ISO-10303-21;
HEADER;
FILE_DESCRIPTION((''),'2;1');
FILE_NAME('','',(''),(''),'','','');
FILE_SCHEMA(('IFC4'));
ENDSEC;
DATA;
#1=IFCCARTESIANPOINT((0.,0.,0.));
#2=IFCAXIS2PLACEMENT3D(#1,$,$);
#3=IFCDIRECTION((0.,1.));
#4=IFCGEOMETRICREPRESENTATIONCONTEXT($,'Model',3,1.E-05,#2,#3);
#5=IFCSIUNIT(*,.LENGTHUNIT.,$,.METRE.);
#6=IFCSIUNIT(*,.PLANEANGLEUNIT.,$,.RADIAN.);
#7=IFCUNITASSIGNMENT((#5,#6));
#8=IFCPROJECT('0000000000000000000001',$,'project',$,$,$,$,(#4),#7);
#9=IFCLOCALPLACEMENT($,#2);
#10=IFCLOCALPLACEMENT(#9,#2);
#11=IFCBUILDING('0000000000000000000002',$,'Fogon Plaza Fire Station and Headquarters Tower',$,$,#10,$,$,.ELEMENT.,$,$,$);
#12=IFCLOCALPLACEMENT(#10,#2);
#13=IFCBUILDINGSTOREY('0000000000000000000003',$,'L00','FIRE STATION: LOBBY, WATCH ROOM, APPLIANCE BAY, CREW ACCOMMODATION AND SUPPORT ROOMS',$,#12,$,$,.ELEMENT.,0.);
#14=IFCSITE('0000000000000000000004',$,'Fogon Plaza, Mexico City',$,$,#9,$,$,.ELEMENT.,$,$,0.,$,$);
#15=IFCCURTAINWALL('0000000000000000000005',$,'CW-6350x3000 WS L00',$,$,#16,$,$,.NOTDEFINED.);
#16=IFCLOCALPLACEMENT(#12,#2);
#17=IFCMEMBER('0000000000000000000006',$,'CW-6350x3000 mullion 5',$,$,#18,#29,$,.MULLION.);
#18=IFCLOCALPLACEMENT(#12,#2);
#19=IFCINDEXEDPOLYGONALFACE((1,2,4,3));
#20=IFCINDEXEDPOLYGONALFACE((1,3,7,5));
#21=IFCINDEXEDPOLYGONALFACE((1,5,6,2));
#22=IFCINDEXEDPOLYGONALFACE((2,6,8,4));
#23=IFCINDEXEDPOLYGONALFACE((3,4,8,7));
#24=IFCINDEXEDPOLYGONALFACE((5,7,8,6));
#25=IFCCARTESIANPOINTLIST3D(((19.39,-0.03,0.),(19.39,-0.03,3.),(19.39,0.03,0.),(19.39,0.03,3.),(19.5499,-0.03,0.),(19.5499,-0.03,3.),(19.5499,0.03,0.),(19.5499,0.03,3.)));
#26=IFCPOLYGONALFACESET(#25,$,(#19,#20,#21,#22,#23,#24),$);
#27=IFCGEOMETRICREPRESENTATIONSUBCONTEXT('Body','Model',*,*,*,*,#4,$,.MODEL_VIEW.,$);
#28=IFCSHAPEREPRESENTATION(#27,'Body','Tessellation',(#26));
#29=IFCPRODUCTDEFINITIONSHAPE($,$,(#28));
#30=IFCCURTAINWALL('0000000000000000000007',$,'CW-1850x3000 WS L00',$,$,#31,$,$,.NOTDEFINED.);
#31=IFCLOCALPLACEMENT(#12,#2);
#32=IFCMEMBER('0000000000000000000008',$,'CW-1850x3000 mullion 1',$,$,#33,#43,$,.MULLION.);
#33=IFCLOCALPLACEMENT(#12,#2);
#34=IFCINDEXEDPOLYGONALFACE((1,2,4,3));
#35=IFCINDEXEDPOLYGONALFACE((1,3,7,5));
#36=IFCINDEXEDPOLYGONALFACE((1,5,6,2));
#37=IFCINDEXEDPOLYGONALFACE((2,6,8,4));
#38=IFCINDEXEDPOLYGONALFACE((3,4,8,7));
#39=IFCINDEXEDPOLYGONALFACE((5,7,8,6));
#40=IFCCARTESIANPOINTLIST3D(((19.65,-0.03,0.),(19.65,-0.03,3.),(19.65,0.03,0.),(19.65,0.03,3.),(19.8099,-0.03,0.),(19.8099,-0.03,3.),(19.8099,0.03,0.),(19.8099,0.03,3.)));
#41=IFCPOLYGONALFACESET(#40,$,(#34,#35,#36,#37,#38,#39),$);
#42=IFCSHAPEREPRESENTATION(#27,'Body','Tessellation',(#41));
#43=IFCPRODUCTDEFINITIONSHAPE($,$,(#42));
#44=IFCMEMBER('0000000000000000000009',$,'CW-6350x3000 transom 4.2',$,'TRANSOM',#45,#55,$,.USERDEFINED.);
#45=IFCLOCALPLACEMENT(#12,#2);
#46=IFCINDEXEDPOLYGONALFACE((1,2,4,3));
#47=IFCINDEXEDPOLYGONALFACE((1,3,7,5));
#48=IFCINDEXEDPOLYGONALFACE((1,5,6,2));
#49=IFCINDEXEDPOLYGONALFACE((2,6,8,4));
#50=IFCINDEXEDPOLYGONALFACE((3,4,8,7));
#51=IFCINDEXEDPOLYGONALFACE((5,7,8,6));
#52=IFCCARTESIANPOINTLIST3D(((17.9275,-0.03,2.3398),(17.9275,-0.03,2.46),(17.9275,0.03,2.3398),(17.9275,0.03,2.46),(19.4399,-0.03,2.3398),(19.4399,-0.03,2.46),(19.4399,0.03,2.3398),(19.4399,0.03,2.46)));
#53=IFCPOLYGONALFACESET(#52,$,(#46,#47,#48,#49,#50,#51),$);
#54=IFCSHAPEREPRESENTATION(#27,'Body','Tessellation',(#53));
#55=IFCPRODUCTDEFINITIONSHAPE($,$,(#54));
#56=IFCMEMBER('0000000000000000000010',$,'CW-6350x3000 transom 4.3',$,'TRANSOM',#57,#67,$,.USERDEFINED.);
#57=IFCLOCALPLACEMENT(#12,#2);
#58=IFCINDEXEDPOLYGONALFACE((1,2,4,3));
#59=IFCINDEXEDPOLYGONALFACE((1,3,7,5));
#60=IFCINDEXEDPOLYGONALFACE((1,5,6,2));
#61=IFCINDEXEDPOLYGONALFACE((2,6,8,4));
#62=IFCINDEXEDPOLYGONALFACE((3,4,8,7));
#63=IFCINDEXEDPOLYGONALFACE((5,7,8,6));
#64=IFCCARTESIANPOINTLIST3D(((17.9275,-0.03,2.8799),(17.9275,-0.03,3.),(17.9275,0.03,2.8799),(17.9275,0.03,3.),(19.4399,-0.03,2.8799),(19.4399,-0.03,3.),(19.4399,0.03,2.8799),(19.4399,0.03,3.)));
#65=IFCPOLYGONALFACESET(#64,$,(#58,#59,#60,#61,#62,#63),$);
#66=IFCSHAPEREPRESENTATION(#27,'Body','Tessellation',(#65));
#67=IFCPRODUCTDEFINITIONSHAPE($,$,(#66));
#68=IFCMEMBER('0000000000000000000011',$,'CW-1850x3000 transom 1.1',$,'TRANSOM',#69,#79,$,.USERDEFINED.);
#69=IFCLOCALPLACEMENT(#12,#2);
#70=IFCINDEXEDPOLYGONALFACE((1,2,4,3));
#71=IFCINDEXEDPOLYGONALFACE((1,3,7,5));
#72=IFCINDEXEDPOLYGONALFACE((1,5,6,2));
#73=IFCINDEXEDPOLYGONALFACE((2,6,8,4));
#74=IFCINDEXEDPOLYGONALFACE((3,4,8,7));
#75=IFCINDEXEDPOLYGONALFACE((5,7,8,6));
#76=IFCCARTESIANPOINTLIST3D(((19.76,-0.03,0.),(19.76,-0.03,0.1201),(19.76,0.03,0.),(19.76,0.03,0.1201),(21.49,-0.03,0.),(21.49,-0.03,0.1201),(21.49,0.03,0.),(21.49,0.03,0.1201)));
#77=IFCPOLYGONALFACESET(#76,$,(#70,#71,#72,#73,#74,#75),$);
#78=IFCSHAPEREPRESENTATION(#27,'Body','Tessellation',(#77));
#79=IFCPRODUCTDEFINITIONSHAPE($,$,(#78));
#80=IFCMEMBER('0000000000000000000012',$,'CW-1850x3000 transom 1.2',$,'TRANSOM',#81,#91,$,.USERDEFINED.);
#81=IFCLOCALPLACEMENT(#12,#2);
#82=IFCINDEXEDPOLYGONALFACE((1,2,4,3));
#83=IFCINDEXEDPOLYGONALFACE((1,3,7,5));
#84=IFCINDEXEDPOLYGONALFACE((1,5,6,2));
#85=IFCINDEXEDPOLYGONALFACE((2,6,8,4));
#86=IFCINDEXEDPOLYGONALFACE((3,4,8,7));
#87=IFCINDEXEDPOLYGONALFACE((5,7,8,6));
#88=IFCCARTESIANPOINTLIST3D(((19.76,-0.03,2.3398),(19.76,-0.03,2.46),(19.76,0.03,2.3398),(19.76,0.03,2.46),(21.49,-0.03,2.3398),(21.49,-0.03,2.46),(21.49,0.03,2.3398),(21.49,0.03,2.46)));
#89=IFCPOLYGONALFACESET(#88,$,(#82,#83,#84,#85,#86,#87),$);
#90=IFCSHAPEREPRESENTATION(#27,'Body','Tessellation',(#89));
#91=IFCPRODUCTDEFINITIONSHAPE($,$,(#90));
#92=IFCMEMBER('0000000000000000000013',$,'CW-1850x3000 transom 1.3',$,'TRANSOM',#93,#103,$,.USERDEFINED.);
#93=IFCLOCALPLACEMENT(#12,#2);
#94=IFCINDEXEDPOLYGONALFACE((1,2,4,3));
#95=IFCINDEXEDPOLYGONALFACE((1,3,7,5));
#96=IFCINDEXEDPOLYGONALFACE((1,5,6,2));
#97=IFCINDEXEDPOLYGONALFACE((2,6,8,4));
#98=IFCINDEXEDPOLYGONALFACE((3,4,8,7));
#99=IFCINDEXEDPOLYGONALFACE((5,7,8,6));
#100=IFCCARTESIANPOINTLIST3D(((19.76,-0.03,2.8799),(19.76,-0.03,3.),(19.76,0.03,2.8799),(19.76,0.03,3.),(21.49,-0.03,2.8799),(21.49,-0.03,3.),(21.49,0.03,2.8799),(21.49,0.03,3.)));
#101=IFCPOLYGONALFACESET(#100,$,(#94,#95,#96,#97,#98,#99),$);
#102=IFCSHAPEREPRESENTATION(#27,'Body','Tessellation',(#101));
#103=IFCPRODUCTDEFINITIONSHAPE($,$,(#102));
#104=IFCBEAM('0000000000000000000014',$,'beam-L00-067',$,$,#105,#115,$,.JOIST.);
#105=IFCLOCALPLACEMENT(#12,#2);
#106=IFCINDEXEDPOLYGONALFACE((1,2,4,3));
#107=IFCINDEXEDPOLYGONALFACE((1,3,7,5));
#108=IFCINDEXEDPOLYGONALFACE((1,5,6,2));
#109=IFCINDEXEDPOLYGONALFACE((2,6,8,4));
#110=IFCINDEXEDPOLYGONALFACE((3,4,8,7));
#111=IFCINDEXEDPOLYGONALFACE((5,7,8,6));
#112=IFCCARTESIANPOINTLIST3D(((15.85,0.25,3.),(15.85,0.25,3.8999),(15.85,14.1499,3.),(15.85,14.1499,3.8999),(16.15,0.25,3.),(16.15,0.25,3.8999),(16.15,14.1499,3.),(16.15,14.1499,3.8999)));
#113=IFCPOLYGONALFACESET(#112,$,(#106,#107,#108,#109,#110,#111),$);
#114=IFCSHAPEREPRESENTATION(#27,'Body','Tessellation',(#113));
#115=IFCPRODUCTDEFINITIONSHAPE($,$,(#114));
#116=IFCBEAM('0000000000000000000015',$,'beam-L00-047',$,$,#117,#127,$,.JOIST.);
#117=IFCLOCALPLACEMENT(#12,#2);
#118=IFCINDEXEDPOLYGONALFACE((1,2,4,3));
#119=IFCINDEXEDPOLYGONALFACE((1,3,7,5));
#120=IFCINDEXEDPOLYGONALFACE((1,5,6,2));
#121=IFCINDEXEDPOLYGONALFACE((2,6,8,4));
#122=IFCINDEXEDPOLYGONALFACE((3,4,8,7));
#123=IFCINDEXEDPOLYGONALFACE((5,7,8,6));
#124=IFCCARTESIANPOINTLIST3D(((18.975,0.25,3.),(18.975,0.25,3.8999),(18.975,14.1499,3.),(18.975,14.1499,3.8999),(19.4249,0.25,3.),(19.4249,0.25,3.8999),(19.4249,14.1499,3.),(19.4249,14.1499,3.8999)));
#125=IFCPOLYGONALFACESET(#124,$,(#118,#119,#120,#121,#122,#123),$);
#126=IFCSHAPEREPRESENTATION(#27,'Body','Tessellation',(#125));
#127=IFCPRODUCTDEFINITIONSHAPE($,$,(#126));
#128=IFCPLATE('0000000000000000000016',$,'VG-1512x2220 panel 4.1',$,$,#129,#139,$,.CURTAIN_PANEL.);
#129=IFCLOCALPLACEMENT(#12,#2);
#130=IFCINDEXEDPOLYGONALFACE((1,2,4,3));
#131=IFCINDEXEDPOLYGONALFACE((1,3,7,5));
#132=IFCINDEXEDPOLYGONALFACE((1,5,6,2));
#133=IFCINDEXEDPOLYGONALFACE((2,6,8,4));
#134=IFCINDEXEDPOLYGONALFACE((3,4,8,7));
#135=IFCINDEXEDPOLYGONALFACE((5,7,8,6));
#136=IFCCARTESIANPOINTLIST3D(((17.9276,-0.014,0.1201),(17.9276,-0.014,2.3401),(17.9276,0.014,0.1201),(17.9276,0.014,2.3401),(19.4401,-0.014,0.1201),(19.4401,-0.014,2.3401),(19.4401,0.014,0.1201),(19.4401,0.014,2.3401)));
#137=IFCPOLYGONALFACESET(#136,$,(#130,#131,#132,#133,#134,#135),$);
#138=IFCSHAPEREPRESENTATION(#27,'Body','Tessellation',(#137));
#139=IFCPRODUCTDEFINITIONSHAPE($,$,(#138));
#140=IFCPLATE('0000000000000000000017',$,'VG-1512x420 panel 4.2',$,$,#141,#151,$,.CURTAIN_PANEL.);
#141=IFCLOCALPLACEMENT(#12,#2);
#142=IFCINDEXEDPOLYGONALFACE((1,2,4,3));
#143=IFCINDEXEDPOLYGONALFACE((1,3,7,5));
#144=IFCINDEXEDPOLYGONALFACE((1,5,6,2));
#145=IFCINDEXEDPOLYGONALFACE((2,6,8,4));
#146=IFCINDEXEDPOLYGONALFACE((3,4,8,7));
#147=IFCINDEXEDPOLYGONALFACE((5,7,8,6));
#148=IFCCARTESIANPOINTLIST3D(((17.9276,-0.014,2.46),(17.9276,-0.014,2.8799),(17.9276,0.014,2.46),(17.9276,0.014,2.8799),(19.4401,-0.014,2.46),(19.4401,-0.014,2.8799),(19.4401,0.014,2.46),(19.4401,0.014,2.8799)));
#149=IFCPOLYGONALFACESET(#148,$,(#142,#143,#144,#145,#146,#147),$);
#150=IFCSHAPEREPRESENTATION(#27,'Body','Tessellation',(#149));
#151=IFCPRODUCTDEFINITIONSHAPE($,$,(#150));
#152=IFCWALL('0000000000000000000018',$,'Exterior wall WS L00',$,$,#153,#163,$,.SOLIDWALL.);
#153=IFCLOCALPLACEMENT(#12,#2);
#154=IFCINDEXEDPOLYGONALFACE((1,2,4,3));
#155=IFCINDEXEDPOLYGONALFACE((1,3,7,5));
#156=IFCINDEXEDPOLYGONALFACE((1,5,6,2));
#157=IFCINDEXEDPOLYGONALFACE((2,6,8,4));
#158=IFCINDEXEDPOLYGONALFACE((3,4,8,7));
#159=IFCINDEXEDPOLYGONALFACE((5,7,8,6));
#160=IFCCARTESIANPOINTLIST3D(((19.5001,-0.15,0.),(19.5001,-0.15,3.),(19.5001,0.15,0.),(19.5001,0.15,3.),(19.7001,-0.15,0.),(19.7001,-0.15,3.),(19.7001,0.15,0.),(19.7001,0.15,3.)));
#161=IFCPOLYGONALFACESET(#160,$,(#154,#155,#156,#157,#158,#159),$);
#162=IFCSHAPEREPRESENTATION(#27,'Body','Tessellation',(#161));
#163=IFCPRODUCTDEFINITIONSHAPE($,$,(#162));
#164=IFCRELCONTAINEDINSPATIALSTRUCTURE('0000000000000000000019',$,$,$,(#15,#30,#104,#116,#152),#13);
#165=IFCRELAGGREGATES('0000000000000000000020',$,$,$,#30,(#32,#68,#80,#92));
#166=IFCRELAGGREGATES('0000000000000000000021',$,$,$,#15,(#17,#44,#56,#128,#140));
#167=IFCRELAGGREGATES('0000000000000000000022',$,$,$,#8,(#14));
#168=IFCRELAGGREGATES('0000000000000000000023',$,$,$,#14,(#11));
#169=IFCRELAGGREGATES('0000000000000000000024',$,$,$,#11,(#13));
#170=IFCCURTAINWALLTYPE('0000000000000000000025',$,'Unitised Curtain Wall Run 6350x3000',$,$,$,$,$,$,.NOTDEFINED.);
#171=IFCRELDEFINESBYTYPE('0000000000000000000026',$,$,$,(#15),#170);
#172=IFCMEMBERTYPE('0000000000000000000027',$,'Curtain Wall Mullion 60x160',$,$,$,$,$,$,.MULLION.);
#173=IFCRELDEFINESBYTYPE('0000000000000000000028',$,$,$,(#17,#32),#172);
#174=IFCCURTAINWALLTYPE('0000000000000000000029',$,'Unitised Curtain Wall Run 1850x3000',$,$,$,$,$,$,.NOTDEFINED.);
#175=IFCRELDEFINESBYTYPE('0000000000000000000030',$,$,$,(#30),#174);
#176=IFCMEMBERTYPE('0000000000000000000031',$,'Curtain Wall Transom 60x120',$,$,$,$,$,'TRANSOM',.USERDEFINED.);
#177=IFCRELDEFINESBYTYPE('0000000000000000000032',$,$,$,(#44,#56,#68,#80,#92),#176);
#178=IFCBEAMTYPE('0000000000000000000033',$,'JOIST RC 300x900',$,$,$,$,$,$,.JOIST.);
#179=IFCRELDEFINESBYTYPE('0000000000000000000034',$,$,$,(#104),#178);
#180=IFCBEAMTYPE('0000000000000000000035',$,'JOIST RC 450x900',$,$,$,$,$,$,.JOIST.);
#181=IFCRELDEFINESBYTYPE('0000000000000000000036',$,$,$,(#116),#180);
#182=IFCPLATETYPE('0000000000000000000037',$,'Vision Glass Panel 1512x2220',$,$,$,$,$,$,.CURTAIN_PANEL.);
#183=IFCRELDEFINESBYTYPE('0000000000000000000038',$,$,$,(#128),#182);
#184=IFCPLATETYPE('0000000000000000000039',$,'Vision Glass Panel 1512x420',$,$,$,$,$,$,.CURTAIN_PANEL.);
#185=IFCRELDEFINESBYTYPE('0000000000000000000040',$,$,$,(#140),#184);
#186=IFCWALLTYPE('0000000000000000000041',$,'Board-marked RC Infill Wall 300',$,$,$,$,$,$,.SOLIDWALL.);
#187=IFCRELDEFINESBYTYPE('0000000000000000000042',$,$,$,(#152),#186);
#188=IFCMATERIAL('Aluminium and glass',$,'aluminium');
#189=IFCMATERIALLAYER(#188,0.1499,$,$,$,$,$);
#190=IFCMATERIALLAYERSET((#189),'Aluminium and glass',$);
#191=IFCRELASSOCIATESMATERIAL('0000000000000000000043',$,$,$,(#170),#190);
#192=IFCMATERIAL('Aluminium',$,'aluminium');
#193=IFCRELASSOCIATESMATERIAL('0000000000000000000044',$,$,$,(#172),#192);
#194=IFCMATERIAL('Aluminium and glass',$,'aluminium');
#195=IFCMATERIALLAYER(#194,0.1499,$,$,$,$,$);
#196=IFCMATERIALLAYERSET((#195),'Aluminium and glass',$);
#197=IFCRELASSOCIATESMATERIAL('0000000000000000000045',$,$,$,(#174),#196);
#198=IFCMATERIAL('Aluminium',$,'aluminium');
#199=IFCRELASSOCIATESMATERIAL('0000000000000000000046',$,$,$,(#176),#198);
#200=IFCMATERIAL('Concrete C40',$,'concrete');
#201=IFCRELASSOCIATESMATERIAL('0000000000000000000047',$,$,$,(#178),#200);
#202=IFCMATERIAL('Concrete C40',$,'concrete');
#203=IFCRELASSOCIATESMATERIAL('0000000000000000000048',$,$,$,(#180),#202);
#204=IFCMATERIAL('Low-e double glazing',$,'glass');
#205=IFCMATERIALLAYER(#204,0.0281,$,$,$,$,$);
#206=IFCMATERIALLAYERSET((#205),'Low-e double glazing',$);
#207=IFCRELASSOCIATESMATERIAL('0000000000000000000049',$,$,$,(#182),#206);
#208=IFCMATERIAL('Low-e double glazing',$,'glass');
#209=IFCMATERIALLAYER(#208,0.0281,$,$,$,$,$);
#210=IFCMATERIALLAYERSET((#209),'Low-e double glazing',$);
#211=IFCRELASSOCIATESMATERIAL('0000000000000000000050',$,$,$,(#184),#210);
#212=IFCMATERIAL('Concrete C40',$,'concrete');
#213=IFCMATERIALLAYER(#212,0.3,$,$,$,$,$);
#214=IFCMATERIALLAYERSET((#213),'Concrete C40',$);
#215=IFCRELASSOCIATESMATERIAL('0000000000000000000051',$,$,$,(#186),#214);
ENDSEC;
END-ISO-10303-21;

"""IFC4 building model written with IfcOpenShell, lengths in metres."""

from ifc_helpers import new_model, si_unit, direction, frame, frame_2d, origin, origin_2d, place, context, subcontext, project, spatial, rectangle, extrude, material, layer, layer_set, material_profile, profile_set, type_object, element, aggregate, save


model = new_model("IFC4")

# Units and contexts
model_context = context("Model", 3, precision=1e-05, world=origin(), true_north=direction((0.0, 1.0)))
body_context = subcontext(model_context, "Body", "Model", "MODEL_VIEW")
ifc_project = project(units=[si_unit("LENGTHUNIT", "METRE"), si_unit("PLANEANGLEUNIT", "RADIAN")], contexts=[model_context])

# Site, building, storey
site_placement = place(None, origin())
site = spatial("IfcSite", under=ifc_project, at=site_placement, Name="Fogon Plaza, Mexico City", CompositionType="ELEMENT", RefElevation=0.0)
building_placement = place(site_placement, origin())
building = spatial("IfcBuilding", under=site, at=building_placement, Name="Fogon Plaza Fire Station and Headquarters Tower", CompositionType="ELEMENT")
storey_placement = place(building_placement, origin())
storey = spatial("IfcBuildingStorey", under=building, at=storey_placement, Name="L00", Description="FIRE STATION: LOBBY, WATCH ROOM, APPLIANCE BAY, CREW ACCOMMODATION AND SUPPORT ROOMS", CompositionType="ELEMENT", Elevation=0.0)

# Curtain walls, members
ifc_material_1 = material(Name="Aluminium and glass", Category="aluminium")
ifc_layer_1 = layer(ifc_material_1, 0.1499)
ifc_layer_set_1 = layer_set([ifc_layer_1], Name="Aluminium and glass")
curtain_wall_type_1 = type_object("IfcCurtainWallType", Name="Unitised Curtain Wall Run 6350x3000", PredefinedType="NOTDEFINED", material=ifc_layer_set_1)
curtain_wall_1_placement = place(storey_placement, origin())
curtain_wall_1 = element("IfcCurtainWall", 1, at=curtain_wall_1_placement, inside=storey, type_object=curtain_wall_type_1, Name="CW-6350x3000 WS L00", PredefinedType="NOTDEFINED")
ifc_material_2 = material(Name="Aluminium", Category="aluminium")
ifc_material_profile_1 = material_profile(ifc_material_2, rectangle(XDim=0.0601, YDim=0.1599, at=origin_2d()), Name="Curtain Wall Mullion 60x160")
ifc_profile_set_1 = profile_set([ifc_material_profile_1], Name="Aluminium")
member_type_1 = type_object("IfcMemberType", Name="Curtain Wall Mullion 60x160", PredefinedType="MULLION", material=ifc_profile_set_1)
member_1_placement = place(storey_placement, frame((19.47, 0.0, 0.0), z_axis=(0.0, 0.0, 1.0), x_axis=(0.0, 1.0, 0.0)))
member_1 = element("IfcMember", 2, at=member_1_placement, type_object=member_type_1, Name="CW-6350x3000 mullion 5", PredefinedType="MULLION", context=body_context, shape_type="SweptSolid", body=[
    extrude(rectangle(XDim=0.0601, YDim=0.1599, at=origin_2d()), origin(), (0.0, 0.0, 1.0), 3.0),
])
ifc_material_3 = material(Name="Aluminium and glass", Category="aluminium")
ifc_layer_2 = layer(ifc_material_3, 0.1499)
ifc_layer_set_2 = layer_set([ifc_layer_2], Name="Aluminium and glass")
curtain_wall_type_2 = type_object("IfcCurtainWallType", Name="Unitised Curtain Wall Run 1850x3000", PredefinedType="NOTDEFINED", material=ifc_layer_set_2)
curtain_wall_2_placement = place(storey_placement, origin())
curtain_wall_2 = element("IfcCurtainWall", 3, at=curtain_wall_2_placement, inside=storey, type_object=curtain_wall_type_2, Name="CW-1850x3000 WS L00", PredefinedType="NOTDEFINED")
member_2_placement = place(storey_placement, frame((19.73, 0.0, 0.0), z_axis=(0.0, 0.0, 1.0), x_axis=(0.0, 1.0, 0.0)))
member_2 = element("IfcMember", 4, at=member_2_placement, type_object=member_type_1, Name="CW-1850x3000 mullion 1", PredefinedType="MULLION", context=body_context, shape_type="SweptSolid", body=[
    extrude(rectangle(XDim=0.0601, YDim=0.1599, at=origin_2d()), origin(), (0.0, 0.0, 1.0), 3.0),
])

# Members
ifc_material_4 = material(Name="Aluminium", Category="aluminium")
ifc_material_profile_2 = material_profile(ifc_material_4, rectangle(XDim=0.0601, YDim=0.1201, at=origin_2d()), Name="Curtain Wall Transom 60x120")
ifc_profile_set_2 = profile_set([ifc_material_profile_2], Name="Aluminium")
member_type_2 = type_object("IfcMemberType", Name="Curtain Wall Transom 60x120", ElementType="TRANSOM", PredefinedType="USERDEFINED", material=ifc_profile_set_2)
member_3_placement = place(storey_placement, frame((17.9275, 0.0, 2.3999), z_axis=(1.0, 0.0, 0.0), x_axis=(0.0, 1.0, 0.0)))
member_3 = element("IfcMember", 5, at=member_3_placement, type_object=member_type_2, Name="CW-6350x3000 transom 4.2", ObjectType="TRANSOM", PredefinedType="USERDEFINED", context=body_context, shape_type="SweptSolid", body=[
    extrude(rectangle(XDim=0.0601, YDim=0.1201, at=origin_2d()), origin(), (0.0, 0.0, 1.0), 1.5125),
])
member_4_placement = place(storey_placement, frame((17.9275, 0.0, 2.9399), z_axis=(1.0, 0.0, 0.0), x_axis=(0.0, 1.0, 0.0)))
member_4 = element("IfcMember", 6, at=member_4_placement, type_object=member_type_2, Name="CW-6350x3000 transom 4.3", ObjectType="TRANSOM", PredefinedType="USERDEFINED", context=body_context, shape_type="SweptSolid", body=[
    extrude(rectangle(XDim=0.0601, YDim=0.1201, at=origin_2d()), origin(), (0.0, 0.0, 1.0), 1.5125),
])
member_5_placement = place(storey_placement, frame((19.76, 0.0, 0.0601), z_axis=(1.0, 0.0, 0.0), x_axis=(0.0, 1.0, 0.0)))
member_5 = element("IfcMember", 7, at=member_5_placement, type_object=member_type_2, Name="CW-1850x3000 transom 1.1", ObjectType="TRANSOM", PredefinedType="USERDEFINED", context=body_context, shape_type="SweptSolid", body=[
    extrude(rectangle(XDim=0.0601, YDim=0.1201, at=origin_2d()), origin(), (0.0, 0.0, 1.0), 1.73),
])
member_6_placement = place(storey_placement, frame((19.76, 0.0, 2.3999), z_axis=(1.0, 0.0, 0.0), x_axis=(0.0, 1.0, 0.0)))
member_6 = element("IfcMember", 8, at=member_6_placement, type_object=member_type_2, Name="CW-1850x3000 transom 1.2", ObjectType="TRANSOM", PredefinedType="USERDEFINED", context=body_context, shape_type="SweptSolid", body=[
    extrude(rectangle(XDim=0.0601, YDim=0.1201, at=origin_2d()), origin(), (0.0, 0.0, 1.0), 1.73),
])
member_7_placement = place(storey_placement, frame((19.76, 0.0, 2.9399), z_axis=(1.0, 0.0, 0.0), x_axis=(0.0, 1.0, 0.0)))
member_7 = element("IfcMember", 9, at=member_7_placement, type_object=member_type_2, Name="CW-1850x3000 transom 1.3", ObjectType="TRANSOM", PredefinedType="USERDEFINED", context=body_context, shape_type="SweptSolid", body=[
    extrude(rectangle(XDim=0.0601, YDim=0.1201, at=origin_2d()), origin(), (0.0, 0.0, 1.0), 1.73),
])
aggregate(curtain_wall_2, [member_2, member_5, member_6, member_7])

# Beams
ifc_material_5 = material(Name="Concrete C40", Category="concrete")
ifc_material_profile_3 = material_profile(ifc_material_5, rectangle(XDim=0.3, YDim=0.8999, at=origin_2d()), Name="RC 300x900")
ifc_profile_set_3 = profile_set([ifc_material_profile_3], Name="Concrete C40")
beam_type_1 = type_object("IfcBeamType", Name="JOIST RC 300x900", PredefinedType="JOIST", material=ifc_profile_set_3)
beam_1_placement = place(storey_placement, frame((16.0, 0.25, 3.45), z_axis=(0.0, 1.0, 0.0), x_axis=(-1.0, 0.0, 0.0)))
element("IfcBeam", 10, at=beam_1_placement, inside=storey, type_object=beam_type_1, Name="beam-L00-067", PredefinedType="JOIST", context=body_context, shape_type="SweptSolid", body=[
    extrude(rectangle(XDim=0.3, YDim=0.8999, at=origin_2d()), origin(), (0.0, 0.0, 1.0), 13.8999),
])
ifc_material_6 = material(Name="Concrete C40", Category="concrete")
ifc_material_profile_4 = material_profile(ifc_material_6, rectangle(XDim=0.45, YDim=0.8999, at=origin_2d()), Name="RC 450x900")
ifc_profile_set_4 = profile_set([ifc_material_profile_4], Name="Concrete C40")
beam_type_2 = type_object("IfcBeamType", Name="JOIST RC 450x900", PredefinedType="JOIST", material=ifc_profile_set_4)
beam_2_placement = place(storey_placement, frame((19.2, 0.25, 3.45), z_axis=(0.0, 1.0, 0.0), x_axis=(-1.0, 0.0, 0.0)))
element("IfcBeam", 11, at=beam_2_placement, inside=storey, type_object=beam_type_2, Name="beam-L00-047", PredefinedType="JOIST", context=body_context, shape_type="SweptSolid", body=[
    extrude(rectangle(XDim=0.45, YDim=0.8999, at=origin_2d()), origin(), (0.0, 0.0, 1.0), 13.8999),
])

# Plates
ifc_material_7 = material(Name="Low-e double glazing", Category="glass")
ifc_layer_3 = layer(ifc_material_7, 0.0281)
ifc_layer_set_3 = layer_set([ifc_layer_3], Name="Low-e double glazing")
plate_type_1 = type_object("IfcPlateType", Name="Vision Glass Panel 1512x2220", PredefinedType="CURTAIN_PANEL", material=ifc_layer_set_3)
plate_1_placement = place(storey_placement, frame((18.6838, 0.0, 0.1201), z_axis=(0.0, 0.0, 1.0), x_axis=(1.0, 0.0, 0.0)))
plate_1 = element("IfcPlate", 12, at=plate_1_placement, type_object=plate_type_1, Name="VG-1512x2220 panel 4.1", PredefinedType="CURTAIN_PANEL", context=body_context, shape_type="SweptSolid", body=[
    extrude(rectangle(XDim=1.5125, YDim=0.0281, at=origin_2d()), origin(), (0.0, 0.0, 1.0), 2.22),
])
ifc_material_8 = material(Name="Low-e double glazing", Category="glass")
ifc_layer_4 = layer(ifc_material_8, 0.0281)
ifc_layer_set_4 = layer_set([ifc_layer_4], Name="Low-e double glazing")
plate_type_2 = type_object("IfcPlateType", Name="Vision Glass Panel 1512x420", PredefinedType="CURTAIN_PANEL", material=ifc_layer_set_4)
plate_2_placement = place(storey_placement, frame((18.6838, 0.0, 2.46), z_axis=(0.0, 0.0, 1.0), x_axis=(1.0, 0.0, 0.0)))
plate_2 = element("IfcPlate", 13, at=plate_2_placement, type_object=plate_type_2, Name="VG-1512x420 panel 4.2", PredefinedType="CURTAIN_PANEL", context=body_context, shape_type="SweptSolid", body=[
    extrude(rectangle(XDim=1.5125, YDim=0.0281, at=origin_2d()), origin(), (0.0, 0.0, 1.0), 0.4199),
])
aggregate(curtain_wall_1, [member_1, member_3, member_4, plate_1, plate_2])

# Wall
ifc_material_9 = material(Name="Concrete C40", Category="concrete")
ifc_layer_5 = layer(ifc_material_9, 0.3)
ifc_layer_set_5 = layer_set([ifc_layer_5], Name="Concrete C40")
wall_type_1 = type_object("IfcWallType", Name="Board-marked RC Infill Wall 300", PredefinedType="SOLIDWALL", material=ifc_layer_set_5)
wall_1_placement = place(storey_placement, frame((19.5, 0.0, 0.0), z_axis=(0.0, 0.0, 1.0), x_axis=(1.0, 0.0, 0.0)))
element("IfcWall", 14, at=wall_1_placement, inside=storey, type_object=wall_type_1, Name="Exterior wall WS L00", PredefinedType="SOLIDWALL", context=body_context, shape_type="SweptSolid", body=[
    extrude(rectangle(XDim=0.2, YDim=0.3, at=frame_2d((0.1001, 0.0))), origin(), (0.0, 0.0, 1.0), 3.0),
])

save(model, "model.ifc")
